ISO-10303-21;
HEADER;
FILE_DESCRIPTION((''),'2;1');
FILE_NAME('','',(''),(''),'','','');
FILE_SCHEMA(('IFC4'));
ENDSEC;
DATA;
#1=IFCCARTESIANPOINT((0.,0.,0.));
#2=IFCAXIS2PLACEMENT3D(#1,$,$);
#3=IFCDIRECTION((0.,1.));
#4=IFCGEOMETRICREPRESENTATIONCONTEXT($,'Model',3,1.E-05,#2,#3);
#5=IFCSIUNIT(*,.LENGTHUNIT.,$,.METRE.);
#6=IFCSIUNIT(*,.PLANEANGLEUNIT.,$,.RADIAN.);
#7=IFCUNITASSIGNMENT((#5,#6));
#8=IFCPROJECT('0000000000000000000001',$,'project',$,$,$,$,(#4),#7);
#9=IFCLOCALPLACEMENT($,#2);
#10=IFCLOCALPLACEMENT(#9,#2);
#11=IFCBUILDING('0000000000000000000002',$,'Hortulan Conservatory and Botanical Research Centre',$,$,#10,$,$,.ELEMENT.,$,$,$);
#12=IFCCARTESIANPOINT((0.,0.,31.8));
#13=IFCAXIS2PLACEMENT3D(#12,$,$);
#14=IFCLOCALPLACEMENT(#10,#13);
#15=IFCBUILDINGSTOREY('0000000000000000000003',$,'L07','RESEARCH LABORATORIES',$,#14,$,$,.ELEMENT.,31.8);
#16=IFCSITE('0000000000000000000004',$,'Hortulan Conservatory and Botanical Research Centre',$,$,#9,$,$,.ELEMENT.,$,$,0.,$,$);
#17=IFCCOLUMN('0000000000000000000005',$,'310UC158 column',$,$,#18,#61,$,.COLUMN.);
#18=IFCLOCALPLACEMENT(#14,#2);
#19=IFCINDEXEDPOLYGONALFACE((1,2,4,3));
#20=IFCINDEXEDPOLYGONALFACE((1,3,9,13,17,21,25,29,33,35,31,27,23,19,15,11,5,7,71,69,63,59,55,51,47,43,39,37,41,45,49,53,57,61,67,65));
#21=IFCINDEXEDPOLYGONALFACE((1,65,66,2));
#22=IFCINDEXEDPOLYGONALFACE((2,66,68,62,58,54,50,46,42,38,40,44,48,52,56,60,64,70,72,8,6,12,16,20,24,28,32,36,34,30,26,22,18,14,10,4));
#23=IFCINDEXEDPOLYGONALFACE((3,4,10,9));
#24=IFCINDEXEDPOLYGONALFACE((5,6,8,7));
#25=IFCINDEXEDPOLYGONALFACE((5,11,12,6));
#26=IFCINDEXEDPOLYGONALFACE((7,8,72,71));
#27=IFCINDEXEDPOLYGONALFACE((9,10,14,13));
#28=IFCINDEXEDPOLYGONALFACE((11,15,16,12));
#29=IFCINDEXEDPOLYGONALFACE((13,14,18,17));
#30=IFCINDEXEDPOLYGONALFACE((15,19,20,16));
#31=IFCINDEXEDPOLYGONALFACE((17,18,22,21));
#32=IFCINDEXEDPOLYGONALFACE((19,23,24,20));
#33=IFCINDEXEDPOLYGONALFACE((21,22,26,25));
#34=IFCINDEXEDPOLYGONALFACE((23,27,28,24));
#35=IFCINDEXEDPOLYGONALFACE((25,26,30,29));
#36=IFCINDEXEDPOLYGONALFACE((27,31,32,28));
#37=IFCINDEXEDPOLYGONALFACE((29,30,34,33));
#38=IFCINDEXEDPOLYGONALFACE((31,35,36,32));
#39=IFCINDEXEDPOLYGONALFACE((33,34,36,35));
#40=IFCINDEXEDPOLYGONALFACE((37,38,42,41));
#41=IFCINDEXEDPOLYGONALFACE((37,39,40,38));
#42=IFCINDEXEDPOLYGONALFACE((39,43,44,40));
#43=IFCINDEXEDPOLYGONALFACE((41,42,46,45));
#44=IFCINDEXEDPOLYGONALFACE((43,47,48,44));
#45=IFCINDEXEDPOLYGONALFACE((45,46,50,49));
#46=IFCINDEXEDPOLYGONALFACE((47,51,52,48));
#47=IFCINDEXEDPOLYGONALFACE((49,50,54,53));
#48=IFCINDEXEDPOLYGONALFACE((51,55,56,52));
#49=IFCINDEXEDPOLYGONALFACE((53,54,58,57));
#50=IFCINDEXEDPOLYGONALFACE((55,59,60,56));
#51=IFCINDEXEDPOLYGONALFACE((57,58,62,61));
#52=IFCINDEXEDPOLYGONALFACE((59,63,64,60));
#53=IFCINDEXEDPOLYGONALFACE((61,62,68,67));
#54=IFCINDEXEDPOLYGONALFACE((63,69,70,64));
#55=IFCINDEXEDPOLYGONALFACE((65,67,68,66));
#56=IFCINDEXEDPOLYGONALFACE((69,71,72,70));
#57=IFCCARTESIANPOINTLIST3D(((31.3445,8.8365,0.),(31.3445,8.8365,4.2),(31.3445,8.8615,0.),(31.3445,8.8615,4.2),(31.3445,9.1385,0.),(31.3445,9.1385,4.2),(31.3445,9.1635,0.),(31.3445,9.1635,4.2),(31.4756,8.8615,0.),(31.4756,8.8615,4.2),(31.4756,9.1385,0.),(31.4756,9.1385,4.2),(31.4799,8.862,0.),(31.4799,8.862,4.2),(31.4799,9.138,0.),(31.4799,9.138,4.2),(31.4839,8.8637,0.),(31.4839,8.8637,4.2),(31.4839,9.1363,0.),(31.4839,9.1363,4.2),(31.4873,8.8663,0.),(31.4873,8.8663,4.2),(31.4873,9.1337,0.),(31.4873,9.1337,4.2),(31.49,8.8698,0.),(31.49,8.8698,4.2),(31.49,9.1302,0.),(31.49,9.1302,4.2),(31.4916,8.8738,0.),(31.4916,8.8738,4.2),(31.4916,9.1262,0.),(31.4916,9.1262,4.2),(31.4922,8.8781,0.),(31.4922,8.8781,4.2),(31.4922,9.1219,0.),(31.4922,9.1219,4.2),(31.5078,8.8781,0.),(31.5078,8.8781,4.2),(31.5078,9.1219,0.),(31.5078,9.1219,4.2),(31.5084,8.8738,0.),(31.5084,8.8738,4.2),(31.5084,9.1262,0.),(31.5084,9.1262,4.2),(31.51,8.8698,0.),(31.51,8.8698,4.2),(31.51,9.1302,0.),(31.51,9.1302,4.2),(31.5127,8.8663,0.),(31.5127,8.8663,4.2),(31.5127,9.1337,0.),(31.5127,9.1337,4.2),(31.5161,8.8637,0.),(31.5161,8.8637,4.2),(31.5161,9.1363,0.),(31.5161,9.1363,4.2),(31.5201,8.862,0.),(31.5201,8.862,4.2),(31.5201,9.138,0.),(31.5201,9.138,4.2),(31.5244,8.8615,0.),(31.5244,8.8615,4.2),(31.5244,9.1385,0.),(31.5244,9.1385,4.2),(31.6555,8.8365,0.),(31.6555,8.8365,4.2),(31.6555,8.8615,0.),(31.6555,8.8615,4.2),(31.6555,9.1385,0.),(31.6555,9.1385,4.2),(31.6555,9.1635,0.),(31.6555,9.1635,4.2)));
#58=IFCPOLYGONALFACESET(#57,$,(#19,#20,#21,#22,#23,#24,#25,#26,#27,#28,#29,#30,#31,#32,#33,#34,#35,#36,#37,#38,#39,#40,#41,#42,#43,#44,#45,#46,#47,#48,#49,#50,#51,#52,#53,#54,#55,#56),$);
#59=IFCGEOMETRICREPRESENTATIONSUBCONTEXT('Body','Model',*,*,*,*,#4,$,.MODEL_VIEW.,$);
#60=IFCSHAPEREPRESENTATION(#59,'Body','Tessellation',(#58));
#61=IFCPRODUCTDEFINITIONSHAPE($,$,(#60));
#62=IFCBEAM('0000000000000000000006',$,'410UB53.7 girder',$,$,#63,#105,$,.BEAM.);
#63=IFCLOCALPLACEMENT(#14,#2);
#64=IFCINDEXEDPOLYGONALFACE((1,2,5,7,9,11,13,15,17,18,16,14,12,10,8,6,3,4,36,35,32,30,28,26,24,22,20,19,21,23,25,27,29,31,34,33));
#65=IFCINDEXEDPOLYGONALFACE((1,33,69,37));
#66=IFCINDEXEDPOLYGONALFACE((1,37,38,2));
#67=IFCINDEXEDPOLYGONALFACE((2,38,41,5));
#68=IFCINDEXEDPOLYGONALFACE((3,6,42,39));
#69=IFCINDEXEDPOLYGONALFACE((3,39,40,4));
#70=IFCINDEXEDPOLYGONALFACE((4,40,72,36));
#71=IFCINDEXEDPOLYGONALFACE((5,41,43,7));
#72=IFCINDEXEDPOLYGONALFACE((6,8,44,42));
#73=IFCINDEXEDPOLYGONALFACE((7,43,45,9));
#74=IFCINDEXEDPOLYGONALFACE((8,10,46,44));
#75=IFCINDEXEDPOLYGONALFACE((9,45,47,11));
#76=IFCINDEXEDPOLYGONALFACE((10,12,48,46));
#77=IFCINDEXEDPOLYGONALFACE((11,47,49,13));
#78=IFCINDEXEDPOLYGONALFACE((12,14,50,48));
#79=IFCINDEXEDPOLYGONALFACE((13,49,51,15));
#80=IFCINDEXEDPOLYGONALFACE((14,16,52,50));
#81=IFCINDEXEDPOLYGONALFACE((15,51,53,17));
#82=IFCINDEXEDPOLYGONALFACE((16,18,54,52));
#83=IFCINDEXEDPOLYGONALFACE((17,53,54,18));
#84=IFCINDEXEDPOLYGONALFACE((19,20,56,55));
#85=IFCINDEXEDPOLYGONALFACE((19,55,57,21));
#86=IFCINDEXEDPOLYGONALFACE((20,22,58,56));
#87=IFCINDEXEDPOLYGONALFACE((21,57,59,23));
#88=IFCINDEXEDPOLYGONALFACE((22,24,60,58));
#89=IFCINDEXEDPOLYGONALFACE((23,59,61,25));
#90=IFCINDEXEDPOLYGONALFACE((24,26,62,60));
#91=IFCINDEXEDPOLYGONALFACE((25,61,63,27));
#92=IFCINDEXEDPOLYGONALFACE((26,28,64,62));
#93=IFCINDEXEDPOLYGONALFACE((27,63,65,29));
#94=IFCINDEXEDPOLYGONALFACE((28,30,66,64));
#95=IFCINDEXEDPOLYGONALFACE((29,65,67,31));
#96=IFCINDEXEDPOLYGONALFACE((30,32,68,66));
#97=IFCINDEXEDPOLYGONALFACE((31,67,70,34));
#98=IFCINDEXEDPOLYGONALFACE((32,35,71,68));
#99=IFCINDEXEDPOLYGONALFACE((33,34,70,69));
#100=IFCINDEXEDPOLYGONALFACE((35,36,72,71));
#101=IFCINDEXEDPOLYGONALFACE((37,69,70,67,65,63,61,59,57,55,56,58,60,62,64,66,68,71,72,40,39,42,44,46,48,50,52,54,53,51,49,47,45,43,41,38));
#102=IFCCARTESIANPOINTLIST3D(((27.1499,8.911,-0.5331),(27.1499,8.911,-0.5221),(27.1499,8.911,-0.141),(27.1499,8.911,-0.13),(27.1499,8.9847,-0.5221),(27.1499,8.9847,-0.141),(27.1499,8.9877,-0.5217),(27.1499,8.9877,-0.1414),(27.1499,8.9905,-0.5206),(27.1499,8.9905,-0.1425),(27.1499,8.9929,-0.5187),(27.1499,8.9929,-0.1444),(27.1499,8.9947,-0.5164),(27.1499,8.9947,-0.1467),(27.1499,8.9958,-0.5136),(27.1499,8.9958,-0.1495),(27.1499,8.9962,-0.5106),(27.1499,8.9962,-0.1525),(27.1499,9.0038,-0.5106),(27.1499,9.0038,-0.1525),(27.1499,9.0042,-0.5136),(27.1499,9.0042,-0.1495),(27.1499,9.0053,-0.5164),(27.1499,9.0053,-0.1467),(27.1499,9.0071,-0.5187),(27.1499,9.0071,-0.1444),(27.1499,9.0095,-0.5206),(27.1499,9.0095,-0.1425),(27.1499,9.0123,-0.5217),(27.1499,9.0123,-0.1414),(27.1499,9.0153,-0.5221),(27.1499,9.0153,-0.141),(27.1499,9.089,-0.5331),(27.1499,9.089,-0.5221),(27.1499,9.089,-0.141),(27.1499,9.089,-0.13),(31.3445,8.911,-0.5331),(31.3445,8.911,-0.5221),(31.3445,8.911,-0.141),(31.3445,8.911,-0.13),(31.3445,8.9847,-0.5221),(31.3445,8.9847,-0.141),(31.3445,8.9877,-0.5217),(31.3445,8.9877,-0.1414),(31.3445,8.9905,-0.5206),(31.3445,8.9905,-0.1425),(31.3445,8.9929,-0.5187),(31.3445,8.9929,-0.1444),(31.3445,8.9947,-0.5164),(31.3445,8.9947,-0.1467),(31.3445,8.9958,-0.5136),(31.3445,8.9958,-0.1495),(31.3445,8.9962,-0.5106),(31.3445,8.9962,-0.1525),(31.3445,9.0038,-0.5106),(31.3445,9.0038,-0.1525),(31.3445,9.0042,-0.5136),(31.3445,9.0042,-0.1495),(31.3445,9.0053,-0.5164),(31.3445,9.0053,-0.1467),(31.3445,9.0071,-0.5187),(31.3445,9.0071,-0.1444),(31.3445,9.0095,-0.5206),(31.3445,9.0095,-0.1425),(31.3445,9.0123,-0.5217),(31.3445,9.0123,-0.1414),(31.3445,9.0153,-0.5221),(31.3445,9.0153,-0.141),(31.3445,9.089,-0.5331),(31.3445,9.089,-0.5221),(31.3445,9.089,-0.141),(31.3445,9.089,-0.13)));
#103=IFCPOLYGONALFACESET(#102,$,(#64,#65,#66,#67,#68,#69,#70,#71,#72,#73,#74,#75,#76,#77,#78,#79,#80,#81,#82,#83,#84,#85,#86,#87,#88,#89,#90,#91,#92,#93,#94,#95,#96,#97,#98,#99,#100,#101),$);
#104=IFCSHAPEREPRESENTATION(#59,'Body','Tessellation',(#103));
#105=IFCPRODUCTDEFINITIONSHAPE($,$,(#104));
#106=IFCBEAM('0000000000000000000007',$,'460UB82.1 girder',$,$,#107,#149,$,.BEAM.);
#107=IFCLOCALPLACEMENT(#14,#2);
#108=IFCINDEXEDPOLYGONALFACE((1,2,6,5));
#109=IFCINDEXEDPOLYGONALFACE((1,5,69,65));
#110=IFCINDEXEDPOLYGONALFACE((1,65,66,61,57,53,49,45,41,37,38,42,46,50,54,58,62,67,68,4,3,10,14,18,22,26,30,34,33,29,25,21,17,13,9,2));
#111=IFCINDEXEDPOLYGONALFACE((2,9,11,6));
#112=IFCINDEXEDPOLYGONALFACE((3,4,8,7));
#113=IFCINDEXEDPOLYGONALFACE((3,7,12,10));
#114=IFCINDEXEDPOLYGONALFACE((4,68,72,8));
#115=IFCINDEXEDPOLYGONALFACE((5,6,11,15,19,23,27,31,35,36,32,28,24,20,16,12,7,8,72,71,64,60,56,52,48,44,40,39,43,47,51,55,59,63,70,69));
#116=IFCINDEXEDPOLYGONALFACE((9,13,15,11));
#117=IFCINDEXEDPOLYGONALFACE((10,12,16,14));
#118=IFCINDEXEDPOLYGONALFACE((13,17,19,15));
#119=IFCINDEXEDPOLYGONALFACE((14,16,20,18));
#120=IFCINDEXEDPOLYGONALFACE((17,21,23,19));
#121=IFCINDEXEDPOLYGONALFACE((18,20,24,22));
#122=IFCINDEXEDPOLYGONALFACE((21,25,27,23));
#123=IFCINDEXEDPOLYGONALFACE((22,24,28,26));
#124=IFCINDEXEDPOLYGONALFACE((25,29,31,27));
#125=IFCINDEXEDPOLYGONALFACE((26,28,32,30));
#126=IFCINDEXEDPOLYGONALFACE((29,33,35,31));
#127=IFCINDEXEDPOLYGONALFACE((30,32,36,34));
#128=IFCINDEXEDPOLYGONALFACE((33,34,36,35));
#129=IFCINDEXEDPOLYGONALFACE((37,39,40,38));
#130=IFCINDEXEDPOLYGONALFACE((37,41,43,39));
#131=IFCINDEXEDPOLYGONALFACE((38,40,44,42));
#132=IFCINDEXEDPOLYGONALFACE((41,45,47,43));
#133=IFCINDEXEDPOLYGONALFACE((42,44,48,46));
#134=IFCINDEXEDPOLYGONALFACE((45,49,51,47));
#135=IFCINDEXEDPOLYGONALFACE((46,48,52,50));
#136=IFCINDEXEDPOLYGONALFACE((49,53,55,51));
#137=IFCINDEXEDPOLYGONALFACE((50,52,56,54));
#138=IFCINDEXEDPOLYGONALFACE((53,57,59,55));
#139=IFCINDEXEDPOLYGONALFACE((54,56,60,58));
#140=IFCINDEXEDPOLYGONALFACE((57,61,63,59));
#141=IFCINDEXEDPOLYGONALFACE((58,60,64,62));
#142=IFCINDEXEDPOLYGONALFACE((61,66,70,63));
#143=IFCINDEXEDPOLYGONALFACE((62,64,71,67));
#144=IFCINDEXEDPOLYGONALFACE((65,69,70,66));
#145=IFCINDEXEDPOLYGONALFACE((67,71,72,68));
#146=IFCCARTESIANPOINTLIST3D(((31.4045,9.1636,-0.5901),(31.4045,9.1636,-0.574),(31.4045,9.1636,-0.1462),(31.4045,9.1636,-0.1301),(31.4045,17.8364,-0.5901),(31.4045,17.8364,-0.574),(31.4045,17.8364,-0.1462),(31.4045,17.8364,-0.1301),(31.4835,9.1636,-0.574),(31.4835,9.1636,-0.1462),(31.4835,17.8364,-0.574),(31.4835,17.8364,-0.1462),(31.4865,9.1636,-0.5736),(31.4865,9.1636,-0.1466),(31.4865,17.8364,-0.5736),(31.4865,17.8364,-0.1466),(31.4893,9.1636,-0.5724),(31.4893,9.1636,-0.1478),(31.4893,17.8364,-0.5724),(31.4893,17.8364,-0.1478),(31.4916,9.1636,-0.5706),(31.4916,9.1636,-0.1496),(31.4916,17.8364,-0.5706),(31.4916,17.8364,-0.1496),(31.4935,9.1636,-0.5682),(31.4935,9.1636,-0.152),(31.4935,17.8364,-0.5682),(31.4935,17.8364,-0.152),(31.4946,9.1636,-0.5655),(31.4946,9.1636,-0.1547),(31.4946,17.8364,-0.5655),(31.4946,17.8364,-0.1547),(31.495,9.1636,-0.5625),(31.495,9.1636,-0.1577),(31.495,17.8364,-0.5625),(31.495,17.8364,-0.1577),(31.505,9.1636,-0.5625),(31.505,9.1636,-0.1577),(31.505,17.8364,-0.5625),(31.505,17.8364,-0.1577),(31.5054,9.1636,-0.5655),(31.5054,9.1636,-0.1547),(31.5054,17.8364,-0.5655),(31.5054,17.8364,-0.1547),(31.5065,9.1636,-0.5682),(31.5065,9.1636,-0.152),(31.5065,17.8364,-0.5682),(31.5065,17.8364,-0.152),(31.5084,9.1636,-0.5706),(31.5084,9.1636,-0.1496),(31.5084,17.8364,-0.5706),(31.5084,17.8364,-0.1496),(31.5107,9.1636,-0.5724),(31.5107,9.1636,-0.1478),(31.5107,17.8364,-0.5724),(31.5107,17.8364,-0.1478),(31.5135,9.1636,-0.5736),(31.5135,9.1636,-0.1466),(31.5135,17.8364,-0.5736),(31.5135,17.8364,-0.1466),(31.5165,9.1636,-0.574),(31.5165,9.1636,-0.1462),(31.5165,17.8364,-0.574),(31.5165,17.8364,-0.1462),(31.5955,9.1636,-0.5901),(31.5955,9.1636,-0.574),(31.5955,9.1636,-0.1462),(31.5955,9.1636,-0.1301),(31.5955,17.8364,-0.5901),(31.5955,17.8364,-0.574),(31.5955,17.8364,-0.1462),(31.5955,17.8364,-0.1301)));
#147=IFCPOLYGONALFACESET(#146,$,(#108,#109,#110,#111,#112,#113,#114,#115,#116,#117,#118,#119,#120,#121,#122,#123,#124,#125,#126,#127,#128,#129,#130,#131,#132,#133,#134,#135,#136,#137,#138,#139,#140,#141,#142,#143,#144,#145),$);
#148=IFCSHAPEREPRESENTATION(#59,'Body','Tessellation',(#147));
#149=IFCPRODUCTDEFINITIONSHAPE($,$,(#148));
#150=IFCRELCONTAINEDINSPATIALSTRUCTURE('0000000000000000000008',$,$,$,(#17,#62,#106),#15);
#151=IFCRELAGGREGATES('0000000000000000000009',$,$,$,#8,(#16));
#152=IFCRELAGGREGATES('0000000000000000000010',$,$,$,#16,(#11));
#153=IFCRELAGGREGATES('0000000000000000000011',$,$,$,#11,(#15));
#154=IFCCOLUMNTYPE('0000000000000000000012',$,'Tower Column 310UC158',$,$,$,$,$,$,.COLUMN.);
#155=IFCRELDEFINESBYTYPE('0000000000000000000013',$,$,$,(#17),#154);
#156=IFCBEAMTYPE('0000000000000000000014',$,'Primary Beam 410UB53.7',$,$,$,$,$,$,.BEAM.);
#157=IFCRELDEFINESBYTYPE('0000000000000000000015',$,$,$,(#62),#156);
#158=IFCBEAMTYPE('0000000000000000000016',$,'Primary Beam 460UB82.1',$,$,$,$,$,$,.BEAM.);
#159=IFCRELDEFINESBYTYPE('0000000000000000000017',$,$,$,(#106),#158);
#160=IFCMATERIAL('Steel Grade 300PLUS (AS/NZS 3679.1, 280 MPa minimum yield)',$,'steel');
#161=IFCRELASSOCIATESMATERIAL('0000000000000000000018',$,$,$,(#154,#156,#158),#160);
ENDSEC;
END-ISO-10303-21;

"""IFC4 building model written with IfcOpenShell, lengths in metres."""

from ifc_helpers import new_model, si_unit, direction, frame, origin, origin_2d, place, context, subcontext, project, spatial, i_section, extrude, material, material_profile, profile_set, type_object, element, save


model = new_model("IFC4")

# Units and contexts
model_context = context("Model", 3, precision=1e-05, world=origin(), true_north=direction((0.0, 1.0)))
body_context = subcontext(model_context, "Body", "Model", "MODEL_VIEW")
ifc_project = project(units=[si_unit("LENGTHUNIT", "METRE"), si_unit("PLANEANGLEUNIT", "RADIAN")], contexts=[model_context])

# Site, building, storey
site_placement = place(None, origin())
site = spatial("IfcSite", under=ifc_project, at=site_placement, Name="Hortulan Conservatory and Botanical Research Centre", CompositionType="ELEMENT", RefElevation=0.0)
building_placement = place(site_placement, origin())
building = spatial("IfcBuilding", under=site, at=building_placement, Name="Hortulan Conservatory and Botanical Research Centre", CompositionType="ELEMENT")
storey_placement = place(building_placement, frame((0.0, 0.0, 31.8)))
storey = spatial("IfcBuildingStorey", under=building, at=storey_placement, Name="L07", Description="RESEARCH LABORATORIES", CompositionType="ELEMENT", Elevation=31.8)

# Column
ifc_material_1 = material(Name="Steel Grade 300PLUS (AS/NZS 3679.1, 280 MPa minimum yield)", Category="steel")
ifc_material_profile_1 = material_profile(ifc_material_1, i_section(OverallWidth=0.311, OverallDepth=0.3269, WebThickness=0.0156, FlangeThickness=0.0249, FilletRadius=0.0166, at=origin_2d()), Name="310UC158")
ifc_profile_set_1 = profile_set([ifc_material_profile_1], Name="Steel Grade 300PLUS (AS/NZS 3679.1, 280 MPa minimum yield)")
column_type = type_object("IfcColumnType", Name="Tower Column 310UC158", PredefinedType="COLUMN", material=ifc_profile_set_1)
column_placement = place(storey_placement, frame((31.5, 9.0, 0.0), z_axis=(0.0, 0.0, 1.0), x_axis=(1.0, 0.0, 0.0)))
element("IfcColumn", 1, at=column_placement, inside=storey, type_object=column_type, Name="310UC158 column", PredefinedType="COLUMN", context=body_context, shape_type="SweptSolid", body=[
    extrude(i_section(OverallWidth=0.311, OverallDepth=0.3269, WebThickness=0.0156, FlangeThickness=0.0249, FilletRadius=0.0166, at=origin_2d()), origin(), (0.0, 0.0, 1.0), 4.2),
])

# Beams
ifc_material_profile_2 = material_profile(ifc_material_1, i_section(OverallWidth=0.178, OverallDepth=0.4031, WebThickness=0.0076, FlangeThickness=0.011, FilletRadius=0.0115, at=origin_2d()), Name="410UB53.7")
ifc_profile_set_2 = profile_set([ifc_material_profile_2], Name="Steel Grade 300PLUS (AS/NZS 3679.1, 280 MPa minimum yield)")
beam_type_1 = type_object("IfcBeamType", Name="Primary Beam 410UB53.7", PredefinedType="BEAM", material=ifc_profile_set_2)
beam_1_placement = place(storey_placement, frame((27.1499, 9.0, -0.3315), z_axis=(1.0, 0.0, 0.0), x_axis=(0.0, 1.0, 0.0)))
element("IfcBeam", 2, at=beam_1_placement, inside=storey, type_object=beam_type_1, Name="410UB53.7 girder", PredefinedType="BEAM", context=body_context, shape_type="SweptSolid", body=[
    extrude(i_section(OverallWidth=0.178, OverallDepth=0.4031, WebThickness=0.0076, FlangeThickness=0.011, FilletRadius=0.0115, at=origin_2d()), origin(), (0.0, 0.0, 1.0), 4.1946),
])
ifc_material_profile_3 = material_profile(ifc_material_1, i_section(OverallWidth=0.1909, OverallDepth=0.46, WebThickness=0.01, FlangeThickness=0.0161, FilletRadius=0.0115, at=origin_2d()), Name="460UB82.1")
ifc_profile_set_3 = profile_set([ifc_material_profile_3], Name="Steel Grade 300PLUS (AS/NZS 3679.1, 280 MPa minimum yield)")
beam_type_2 = type_object("IfcBeamType", Name="Primary Beam 460UB82.1", PredefinedType="BEAM", material=ifc_profile_set_3)
beam_2_placement = place(storey_placement, frame((31.5, 9.1636, -0.3601), z_axis=(0.0, 1.0, 0.0), x_axis=(-1.0, 0.0, 0.0)))
element("IfcBeam", 3, at=beam_2_placement, inside=storey, type_object=beam_type_2, Name="460UB82.1 girder", PredefinedType="BEAM", context=body_context, shape_type="SweptSolid", body=[
    extrude(i_section(OverallWidth=0.1909, OverallDepth=0.46, WebThickness=0.01, FlangeThickness=0.0161, FilletRadius=0.0115, at=origin_2d()), origin(), (0.0, 0.0, 1.0), 8.6729),
])

save(model, "model.ifc")
